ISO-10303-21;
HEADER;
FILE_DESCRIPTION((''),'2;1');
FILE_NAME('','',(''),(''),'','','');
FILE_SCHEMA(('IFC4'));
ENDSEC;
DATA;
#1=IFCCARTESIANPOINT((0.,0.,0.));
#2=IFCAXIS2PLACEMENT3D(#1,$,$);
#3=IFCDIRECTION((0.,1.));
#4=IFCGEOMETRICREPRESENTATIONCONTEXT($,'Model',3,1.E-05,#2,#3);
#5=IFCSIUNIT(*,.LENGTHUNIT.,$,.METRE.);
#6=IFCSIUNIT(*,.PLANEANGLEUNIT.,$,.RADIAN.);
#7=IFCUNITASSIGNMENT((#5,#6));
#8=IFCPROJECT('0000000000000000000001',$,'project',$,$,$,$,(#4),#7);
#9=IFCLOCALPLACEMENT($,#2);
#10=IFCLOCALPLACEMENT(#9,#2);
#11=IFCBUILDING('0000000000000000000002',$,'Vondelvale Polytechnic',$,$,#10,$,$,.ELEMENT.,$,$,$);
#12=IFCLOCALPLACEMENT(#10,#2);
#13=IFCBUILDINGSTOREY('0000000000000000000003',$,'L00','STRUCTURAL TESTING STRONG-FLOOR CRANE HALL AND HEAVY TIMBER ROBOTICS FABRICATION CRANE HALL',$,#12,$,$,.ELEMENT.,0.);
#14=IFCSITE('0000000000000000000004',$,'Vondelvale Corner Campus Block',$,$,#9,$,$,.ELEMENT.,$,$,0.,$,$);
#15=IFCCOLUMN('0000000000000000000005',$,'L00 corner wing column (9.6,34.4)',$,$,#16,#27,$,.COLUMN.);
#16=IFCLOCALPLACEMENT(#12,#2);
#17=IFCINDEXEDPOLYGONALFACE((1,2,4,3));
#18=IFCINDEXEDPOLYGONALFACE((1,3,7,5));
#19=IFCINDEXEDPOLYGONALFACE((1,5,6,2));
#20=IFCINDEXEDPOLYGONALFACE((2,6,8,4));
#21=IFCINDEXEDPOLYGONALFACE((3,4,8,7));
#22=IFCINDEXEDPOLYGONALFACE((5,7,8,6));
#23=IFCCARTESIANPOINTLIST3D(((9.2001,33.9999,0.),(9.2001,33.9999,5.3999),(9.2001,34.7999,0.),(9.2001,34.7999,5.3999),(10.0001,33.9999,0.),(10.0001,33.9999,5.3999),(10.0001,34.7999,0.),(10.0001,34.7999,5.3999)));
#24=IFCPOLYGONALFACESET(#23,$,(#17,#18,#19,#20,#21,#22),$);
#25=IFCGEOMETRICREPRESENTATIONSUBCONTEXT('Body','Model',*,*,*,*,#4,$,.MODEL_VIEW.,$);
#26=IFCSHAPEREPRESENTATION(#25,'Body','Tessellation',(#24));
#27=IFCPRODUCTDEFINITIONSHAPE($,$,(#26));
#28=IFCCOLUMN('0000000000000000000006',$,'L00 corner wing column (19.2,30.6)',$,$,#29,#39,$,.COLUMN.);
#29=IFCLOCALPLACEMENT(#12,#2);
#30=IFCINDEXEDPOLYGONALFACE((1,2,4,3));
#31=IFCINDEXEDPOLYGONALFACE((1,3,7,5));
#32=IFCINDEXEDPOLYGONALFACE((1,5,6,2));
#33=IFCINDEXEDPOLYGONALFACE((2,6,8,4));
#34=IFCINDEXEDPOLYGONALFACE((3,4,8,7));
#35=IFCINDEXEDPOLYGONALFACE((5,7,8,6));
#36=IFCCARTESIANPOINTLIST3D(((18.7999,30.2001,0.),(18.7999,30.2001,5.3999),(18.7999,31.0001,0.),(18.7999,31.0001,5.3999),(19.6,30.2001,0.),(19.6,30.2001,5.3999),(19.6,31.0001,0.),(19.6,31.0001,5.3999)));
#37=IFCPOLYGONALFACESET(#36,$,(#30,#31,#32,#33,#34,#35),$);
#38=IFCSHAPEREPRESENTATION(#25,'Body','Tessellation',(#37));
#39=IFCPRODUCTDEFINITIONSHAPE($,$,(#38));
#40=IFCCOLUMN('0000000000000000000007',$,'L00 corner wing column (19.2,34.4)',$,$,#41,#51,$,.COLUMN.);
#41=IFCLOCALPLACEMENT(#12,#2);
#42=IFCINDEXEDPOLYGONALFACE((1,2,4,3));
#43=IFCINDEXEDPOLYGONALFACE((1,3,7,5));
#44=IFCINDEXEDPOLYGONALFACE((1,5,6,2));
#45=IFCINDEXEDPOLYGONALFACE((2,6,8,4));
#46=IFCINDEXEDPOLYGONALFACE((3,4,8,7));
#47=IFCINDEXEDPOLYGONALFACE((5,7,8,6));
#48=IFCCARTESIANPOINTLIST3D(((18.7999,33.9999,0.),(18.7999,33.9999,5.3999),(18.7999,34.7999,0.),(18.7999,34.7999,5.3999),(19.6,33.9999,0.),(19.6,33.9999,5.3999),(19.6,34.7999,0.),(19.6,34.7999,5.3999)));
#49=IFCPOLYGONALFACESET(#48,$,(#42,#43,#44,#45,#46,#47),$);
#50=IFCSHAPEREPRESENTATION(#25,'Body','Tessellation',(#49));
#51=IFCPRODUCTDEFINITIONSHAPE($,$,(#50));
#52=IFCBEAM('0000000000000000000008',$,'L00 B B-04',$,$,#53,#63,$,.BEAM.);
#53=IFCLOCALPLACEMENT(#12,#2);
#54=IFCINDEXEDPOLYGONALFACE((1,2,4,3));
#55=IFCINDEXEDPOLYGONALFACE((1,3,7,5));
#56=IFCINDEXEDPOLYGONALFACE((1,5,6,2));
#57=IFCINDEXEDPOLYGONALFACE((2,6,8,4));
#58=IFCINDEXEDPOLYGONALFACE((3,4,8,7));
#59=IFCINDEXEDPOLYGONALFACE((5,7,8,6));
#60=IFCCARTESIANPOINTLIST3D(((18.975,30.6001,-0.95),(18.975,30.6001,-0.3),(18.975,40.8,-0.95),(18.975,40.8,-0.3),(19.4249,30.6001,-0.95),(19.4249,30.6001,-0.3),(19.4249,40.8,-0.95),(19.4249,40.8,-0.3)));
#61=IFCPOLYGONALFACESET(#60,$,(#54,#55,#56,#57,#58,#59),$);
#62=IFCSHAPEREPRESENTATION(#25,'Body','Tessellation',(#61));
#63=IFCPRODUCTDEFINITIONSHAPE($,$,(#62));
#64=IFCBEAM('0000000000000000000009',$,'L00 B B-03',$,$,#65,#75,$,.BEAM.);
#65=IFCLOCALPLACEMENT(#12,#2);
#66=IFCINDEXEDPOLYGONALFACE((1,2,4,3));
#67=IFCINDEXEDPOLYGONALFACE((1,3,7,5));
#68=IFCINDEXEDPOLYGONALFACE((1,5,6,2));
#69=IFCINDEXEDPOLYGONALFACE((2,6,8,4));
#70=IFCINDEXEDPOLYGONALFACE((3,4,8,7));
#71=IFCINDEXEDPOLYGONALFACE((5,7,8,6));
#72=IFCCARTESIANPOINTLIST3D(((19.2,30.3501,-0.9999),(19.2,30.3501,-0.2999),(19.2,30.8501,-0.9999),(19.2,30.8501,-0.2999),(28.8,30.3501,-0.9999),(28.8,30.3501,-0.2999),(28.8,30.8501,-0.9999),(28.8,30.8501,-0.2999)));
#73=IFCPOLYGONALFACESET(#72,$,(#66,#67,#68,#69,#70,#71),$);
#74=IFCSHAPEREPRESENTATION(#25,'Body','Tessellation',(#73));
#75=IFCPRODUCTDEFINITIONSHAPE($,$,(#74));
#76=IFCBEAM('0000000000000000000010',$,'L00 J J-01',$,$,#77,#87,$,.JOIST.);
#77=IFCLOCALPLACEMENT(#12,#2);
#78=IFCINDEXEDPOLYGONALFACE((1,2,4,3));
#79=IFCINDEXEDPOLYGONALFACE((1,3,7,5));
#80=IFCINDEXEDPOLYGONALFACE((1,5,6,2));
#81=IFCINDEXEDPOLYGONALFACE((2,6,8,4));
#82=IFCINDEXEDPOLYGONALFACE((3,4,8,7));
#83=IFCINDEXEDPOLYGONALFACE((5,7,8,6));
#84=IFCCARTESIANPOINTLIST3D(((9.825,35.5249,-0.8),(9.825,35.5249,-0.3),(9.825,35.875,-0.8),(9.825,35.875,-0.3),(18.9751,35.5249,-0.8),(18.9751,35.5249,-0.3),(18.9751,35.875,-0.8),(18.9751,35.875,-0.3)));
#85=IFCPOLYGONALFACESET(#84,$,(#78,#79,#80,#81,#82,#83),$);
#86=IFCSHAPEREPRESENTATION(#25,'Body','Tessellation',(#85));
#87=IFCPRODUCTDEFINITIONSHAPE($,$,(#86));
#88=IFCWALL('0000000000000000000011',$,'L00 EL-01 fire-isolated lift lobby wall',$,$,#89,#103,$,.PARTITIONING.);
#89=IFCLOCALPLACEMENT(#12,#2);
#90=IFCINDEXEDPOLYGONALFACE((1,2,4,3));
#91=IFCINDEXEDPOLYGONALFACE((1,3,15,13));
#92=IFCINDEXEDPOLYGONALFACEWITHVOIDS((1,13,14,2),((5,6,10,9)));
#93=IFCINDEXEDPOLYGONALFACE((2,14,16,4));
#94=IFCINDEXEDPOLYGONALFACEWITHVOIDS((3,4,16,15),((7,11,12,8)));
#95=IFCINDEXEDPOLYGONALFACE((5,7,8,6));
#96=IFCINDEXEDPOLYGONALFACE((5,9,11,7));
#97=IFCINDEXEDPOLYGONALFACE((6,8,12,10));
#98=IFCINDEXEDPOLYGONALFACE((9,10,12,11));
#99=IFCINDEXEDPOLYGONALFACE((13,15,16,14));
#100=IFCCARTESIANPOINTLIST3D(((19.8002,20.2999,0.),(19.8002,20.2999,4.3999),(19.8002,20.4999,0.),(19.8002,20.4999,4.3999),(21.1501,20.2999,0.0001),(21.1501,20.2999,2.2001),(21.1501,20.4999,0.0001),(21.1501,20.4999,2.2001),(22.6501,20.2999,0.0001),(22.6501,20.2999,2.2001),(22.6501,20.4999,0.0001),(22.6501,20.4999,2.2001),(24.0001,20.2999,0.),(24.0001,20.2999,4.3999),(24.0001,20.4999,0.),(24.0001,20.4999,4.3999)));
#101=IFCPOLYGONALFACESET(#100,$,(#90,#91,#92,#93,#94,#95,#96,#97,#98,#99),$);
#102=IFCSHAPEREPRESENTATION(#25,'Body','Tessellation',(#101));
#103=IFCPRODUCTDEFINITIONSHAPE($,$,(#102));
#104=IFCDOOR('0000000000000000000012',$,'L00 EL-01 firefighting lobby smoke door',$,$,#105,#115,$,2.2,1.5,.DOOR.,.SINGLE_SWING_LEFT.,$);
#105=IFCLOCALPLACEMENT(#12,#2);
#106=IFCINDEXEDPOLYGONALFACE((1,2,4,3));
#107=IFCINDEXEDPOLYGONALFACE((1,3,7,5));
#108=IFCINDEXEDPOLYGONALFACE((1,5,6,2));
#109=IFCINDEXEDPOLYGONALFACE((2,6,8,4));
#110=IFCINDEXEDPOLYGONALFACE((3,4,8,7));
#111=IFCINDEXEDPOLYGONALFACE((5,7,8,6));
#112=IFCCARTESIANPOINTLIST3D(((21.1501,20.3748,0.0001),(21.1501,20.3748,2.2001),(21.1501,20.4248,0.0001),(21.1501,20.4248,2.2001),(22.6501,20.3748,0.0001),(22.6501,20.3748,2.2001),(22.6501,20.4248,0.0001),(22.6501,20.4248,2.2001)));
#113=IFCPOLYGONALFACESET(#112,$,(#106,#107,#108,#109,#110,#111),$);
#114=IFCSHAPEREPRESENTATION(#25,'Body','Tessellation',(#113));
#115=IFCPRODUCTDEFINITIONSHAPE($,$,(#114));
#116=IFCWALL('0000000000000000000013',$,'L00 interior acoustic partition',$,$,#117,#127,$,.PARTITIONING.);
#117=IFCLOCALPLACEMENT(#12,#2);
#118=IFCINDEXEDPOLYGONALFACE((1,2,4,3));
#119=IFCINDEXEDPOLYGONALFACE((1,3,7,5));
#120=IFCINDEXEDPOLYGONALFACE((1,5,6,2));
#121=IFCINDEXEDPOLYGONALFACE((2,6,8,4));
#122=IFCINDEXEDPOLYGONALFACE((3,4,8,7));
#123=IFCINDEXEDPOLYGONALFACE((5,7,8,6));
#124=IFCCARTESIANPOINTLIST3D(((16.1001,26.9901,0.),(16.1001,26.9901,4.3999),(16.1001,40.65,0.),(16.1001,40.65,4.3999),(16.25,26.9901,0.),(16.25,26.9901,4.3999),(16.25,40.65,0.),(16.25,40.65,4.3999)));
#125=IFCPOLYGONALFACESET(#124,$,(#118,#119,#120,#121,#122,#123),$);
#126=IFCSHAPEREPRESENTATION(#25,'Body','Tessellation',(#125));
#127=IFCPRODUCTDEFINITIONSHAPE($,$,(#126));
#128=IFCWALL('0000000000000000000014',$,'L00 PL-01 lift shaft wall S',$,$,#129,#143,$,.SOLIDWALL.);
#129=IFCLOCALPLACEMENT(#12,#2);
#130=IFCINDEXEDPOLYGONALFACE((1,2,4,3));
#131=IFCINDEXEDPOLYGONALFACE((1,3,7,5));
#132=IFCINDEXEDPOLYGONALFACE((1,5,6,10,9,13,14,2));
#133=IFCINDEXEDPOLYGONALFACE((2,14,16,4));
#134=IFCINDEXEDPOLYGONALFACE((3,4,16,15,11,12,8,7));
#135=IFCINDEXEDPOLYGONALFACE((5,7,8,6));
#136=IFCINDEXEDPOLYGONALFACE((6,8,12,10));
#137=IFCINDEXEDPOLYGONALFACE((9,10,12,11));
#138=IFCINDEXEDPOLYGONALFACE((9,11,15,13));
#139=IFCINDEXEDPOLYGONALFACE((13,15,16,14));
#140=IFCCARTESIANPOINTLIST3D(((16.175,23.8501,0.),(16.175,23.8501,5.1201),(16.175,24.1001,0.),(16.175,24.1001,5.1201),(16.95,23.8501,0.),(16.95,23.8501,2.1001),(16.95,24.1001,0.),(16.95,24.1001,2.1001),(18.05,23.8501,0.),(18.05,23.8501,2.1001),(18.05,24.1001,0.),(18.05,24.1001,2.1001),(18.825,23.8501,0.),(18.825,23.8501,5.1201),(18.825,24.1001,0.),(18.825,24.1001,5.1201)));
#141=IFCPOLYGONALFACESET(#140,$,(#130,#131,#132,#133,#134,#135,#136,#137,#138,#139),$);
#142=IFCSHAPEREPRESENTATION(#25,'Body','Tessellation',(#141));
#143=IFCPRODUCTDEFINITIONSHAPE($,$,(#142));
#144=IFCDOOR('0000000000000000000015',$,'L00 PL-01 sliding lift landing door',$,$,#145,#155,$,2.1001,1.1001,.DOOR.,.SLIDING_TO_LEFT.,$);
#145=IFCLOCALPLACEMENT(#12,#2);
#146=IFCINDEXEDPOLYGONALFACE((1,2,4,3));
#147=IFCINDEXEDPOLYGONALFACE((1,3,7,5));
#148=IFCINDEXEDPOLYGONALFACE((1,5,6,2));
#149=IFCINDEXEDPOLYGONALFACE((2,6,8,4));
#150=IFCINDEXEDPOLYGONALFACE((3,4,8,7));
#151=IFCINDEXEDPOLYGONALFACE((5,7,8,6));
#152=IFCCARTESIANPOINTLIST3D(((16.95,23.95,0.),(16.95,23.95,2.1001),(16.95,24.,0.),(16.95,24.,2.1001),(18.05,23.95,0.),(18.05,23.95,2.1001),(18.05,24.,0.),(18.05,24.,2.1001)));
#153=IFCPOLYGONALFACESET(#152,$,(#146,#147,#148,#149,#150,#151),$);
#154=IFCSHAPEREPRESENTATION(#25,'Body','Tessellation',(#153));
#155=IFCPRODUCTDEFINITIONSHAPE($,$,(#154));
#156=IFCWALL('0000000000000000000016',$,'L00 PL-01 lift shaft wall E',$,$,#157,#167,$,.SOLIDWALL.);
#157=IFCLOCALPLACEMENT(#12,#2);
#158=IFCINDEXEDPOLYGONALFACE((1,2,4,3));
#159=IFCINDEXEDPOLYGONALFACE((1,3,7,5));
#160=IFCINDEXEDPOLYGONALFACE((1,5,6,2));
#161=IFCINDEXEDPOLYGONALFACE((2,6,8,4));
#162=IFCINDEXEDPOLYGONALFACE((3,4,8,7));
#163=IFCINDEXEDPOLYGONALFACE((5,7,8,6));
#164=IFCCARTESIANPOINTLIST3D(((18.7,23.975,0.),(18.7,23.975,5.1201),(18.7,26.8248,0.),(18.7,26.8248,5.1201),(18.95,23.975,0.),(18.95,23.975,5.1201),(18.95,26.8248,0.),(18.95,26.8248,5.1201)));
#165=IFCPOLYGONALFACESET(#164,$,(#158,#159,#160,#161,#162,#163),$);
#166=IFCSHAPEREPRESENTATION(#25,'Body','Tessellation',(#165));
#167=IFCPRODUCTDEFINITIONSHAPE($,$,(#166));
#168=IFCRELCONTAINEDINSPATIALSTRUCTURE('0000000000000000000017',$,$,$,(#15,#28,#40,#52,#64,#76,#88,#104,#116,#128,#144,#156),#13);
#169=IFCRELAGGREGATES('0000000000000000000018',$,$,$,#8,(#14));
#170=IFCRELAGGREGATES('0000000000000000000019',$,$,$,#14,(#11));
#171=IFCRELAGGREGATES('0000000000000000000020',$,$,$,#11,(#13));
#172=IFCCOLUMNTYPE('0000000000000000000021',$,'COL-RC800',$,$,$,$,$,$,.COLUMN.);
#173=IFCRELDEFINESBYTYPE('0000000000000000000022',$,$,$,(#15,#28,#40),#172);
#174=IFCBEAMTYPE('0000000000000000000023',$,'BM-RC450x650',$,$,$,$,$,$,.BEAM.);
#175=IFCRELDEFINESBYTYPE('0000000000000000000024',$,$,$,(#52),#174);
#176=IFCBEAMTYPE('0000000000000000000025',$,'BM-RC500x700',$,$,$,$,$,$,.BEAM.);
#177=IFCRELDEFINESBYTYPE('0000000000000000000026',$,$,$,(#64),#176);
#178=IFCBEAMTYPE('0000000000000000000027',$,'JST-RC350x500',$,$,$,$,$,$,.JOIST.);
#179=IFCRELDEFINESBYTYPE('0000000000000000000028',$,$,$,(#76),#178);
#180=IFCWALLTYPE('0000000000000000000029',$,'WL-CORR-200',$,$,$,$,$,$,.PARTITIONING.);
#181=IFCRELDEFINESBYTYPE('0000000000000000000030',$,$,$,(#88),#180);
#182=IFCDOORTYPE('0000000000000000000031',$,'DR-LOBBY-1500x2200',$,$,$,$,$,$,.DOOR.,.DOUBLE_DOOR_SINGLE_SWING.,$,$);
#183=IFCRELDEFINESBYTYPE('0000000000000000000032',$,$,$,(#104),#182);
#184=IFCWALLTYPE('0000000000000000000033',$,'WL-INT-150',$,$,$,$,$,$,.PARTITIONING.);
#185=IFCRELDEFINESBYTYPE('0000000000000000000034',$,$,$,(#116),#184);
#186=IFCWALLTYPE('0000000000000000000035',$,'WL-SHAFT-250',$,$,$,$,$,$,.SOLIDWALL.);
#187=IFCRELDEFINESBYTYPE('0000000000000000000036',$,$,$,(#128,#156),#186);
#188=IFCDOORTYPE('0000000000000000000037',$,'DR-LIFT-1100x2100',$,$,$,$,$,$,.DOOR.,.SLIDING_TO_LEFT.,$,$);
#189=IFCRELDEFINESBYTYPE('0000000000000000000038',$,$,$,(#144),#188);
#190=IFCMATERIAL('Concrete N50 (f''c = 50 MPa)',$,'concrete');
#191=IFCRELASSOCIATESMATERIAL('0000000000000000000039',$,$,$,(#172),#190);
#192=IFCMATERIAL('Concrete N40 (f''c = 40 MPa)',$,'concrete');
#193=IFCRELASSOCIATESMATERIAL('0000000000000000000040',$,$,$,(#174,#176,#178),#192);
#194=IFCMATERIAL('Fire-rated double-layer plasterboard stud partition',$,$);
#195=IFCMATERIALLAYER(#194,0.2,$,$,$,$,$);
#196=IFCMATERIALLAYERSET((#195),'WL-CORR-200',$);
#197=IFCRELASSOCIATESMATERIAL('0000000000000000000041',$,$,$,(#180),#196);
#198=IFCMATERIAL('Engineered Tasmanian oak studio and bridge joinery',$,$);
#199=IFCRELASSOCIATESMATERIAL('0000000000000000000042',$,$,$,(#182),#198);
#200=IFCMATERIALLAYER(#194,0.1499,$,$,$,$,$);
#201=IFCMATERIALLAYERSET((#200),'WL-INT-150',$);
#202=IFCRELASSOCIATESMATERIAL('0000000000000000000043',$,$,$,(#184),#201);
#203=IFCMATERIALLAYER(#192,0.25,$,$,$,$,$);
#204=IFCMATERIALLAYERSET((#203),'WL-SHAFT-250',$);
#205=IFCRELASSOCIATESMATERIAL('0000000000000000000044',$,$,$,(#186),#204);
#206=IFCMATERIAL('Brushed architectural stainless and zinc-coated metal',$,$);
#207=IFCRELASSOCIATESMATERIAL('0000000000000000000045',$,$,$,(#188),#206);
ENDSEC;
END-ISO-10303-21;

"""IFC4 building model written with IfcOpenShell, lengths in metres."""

from ifc_helpers import new_model, si_unit, direction, frame, frame_2d, origin, origin_2d, place, context, subcontext, project, spatial, rectangle, extrude, material, layer, layer_set, material_profile, profile_set, type_object, element, fill, save


model = new_model("IFC4")

# Units and contexts
model_context = context("Model", 3, precision=1e-05, world=origin(), true_north=direction((0.0, 1.0)))
body_context = subcontext(model_context, "Body", "Model", "MODEL_VIEW")
ifc_project = project(units=[si_unit("LENGTHUNIT", "METRE"), si_unit("PLANEANGLEUNIT", "RADIAN")], contexts=[model_context])

# Site, building, storey
site_placement = place(None, origin())
site = spatial("IfcSite", under=ifc_project, at=site_placement, Name="Vondelvale Corner Campus Block", CompositionType="ELEMENT", RefElevation=0.0)
building_placement = place(site_placement, origin())
building = spatial("IfcBuilding", under=site, at=building_placement, Name="Vondelvale Polytechnic", CompositionType="ELEMENT")
storey_placement = place(building_placement, origin())
storey = spatial("IfcBuildingStorey", under=building, at=storey_placement, Name="L00", Description="STRUCTURAL TESTING STRONG-FLOOR CRANE HALL AND HEAVY TIMBER ROBOTICS FABRICATION CRANE HALL", CompositionType="ELEMENT", Elevation=0.0)

# Columns
ifc_material_1 = material(Name="Concrete N50 (f'c = 50 MPa)", Category="concrete")
ifc_material_profile_1 = material_profile(ifc_material_1, rectangle(XDim=0.8, YDim=0.8, at=origin_2d()), Name="RC-COL-800x800")
ifc_profile_set_1 = profile_set([ifc_material_profile_1], Name="Concrete N50 (f'c = 50 MPa)")
column_type = type_object("IfcColumnType", Name="COL-RC800", PredefinedType="COLUMN", material=ifc_profile_set_1)
for number, where, z_axis, x_axis, name in (
    (1, (9.6001, 34.3999, 0.0), (0.0, 0.0, 1.0), (1.0, 0.0, 0.0), "L00 corner wing column (9.6,34.4)"),
    (2, (19.2, 30.6001, 0.0), (0.0, 0.0, 1.0), (1.0, 0.0, 0.0), "L00 corner wing column (19.2,30.6)"),
    (3, (19.2, 34.3999, 0.0), (0.0, 0.0, 1.0), (1.0, 0.0, 0.0), "L00 corner wing column (19.2,34.4)"),
):
    element("IfcColumn", number, at=place(storey_placement, frame(where, z_axis=z_axis, x_axis=x_axis)), inside=storey, type_object=column_type, Name=name, PredefinedType="COLUMN", context=body_context, shape_type="SweptSolid", body=[
        extrude(rectangle(XDim=0.8, YDim=0.8, at=origin_2d()), origin(), (0.0, 0.0, 1.0), 5.3999),
    ])

# Beams
ifc_material_2 = material(Name="Concrete N40 (f'c = 40 MPa)", Category="concrete")
ifc_material_profile_2 = material_profile(ifc_material_2, rectangle(XDim=0.45, YDim=0.6499, at=origin_2d()), Name="RC-BM-450x650")
ifc_profile_set_2 = profile_set([ifc_material_profile_2], Name="Concrete N40 (f'c = 40 MPa)")
beam_type_1 = type_object("IfcBeamType", Name="BM-RC450x650", PredefinedType="BEAM", material=ifc_profile_set_2)
beam_1_placement = place(storey_placement, frame((19.2, 30.6001, -0.625), z_axis=(0.0, 1.0, 0.0), x_axis=(-1.0, 0.0, 0.0)))
element("IfcBeam", 4, at=beam_1_placement, inside=storey, type_object=beam_type_1, Name="L00 B B-04", PredefinedType="BEAM", context=body_context, shape_type="SweptSolid", body=[
    extrude(rectangle(XDim=0.45, YDim=0.6499, at=origin_2d()), origin(), (0.0, 0.0, 1.0), 10.2),
])
ifc_material_profile_3 = material_profile(ifc_material_2, rectangle(XDim=0.5, YDim=0.7, at=origin_2d()), Name="RC-BM-500x700")
ifc_profile_set_3 = profile_set([ifc_material_profile_3], Name="Concrete N40 (f'c = 40 MPa)")
beam_type_2 = type_object("IfcBeamType", Name="BM-RC500x700", PredefinedType="BEAM", material=ifc_profile_set_3)
beam_2_placement = place(storey_placement, frame((19.2, 30.6001, -0.6499), z_axis=(1.0, 0.0, 0.0), x_axis=(0.0, 1.0, 0.0)))
element("IfcBeam", 5, at=beam_2_placement, inside=storey, type_object=beam_type_2, Name="L00 B B-03", PredefinedType="BEAM", context=body_context, shape_type="SweptSolid", body=[
    extrude(rectangle(XDim=0.5, YDim=0.7, at=origin_2d()), origin(), (0.0, 0.0, 1.0), 9.6001),
])
ifc_material_profile_4 = material_profile(ifc_material_2, rectangle(XDim=0.3501, YDim=0.5, at=origin_2d()), Name="RC-JST-350x500")
ifc_profile_set_4 = profile_set([ifc_material_profile_4], Name="Concrete N40 (f'c = 40 MPa)")
beam_type_3 = type_object("IfcBeamType", Name="JST-RC350x500", PredefinedType="JOIST", material=ifc_profile_set_4)
beam_3_placement = place(storey_placement, frame((9.825, 35.7, -0.55), z_axis=(1.0, 0.0, 0.0), x_axis=(0.0, 1.0, 0.0)))
element("IfcBeam", 6, at=beam_3_placement, inside=storey, type_object=beam_type_3, Name="L00 J J-01", PredefinedType="JOIST", context=body_context, shape_type="SweptSolid", body=[
    extrude(rectangle(XDim=0.3501, YDim=0.5, at=origin_2d()), origin(), (0.0, 0.0, 1.0), 9.1501),
])

# Wall, opening, door
ifc_material_3 = material(Name="Fire-rated double-layer plasterboard stud partition")
ifc_layer_1 = layer(ifc_material_3, 0.2)
ifc_layer_set_1 = layer_set([ifc_layer_1], Name="WL-CORR-200")
wall_type_1 = type_object("IfcWallType", Name="WL-CORR-200", PredefinedType="PARTITIONING", material=ifc_layer_set_1)
wall_1_placement = place(storey_placement, frame((19.8, 20.3999, 0.0), z_axis=(0.0, 0.0, 1.0), x_axis=(1.0, 0.0, 0.0)))
wall_1 = element("IfcWall", 7, at=wall_1_placement, inside=storey, type_object=wall_type_1, Name="L00 EL-01 fire-isolated lift lobby wall", PredefinedType="PARTITIONING", context=body_context, shape_type="SweptSolid", body=[
    extrude(rectangle(XDim=4.2, YDim=0.2, at=frame_2d((2.1001, 0.0))), origin(), (0.0, 0.0, 1.0), 4.3999),
])
opening_1_placement = place(wall_1_placement, frame((1.3501, 0.0, 0.0)))
opening_1 = element("IfcOpeningElement", 8, at=opening_1_placement, cuts=wall_1, PredefinedType="OPENING", context=body_context, shape_type="SweptSolid", body=[
    extrude(rectangle(XDim=1.5, YDim=2.2, at=frame_2d((0.75, 1.1001))), frame((0.0, 0.1099, 0.0), z_axis=(0.0, -1.0, 0.0), x_axis=(1.0, 0.0, 0.0)), (0.0, 0.0, 1.0), 0.22),
])
ifc_material_4 = material(Name="Engineered Tasmanian oak studio and bridge joinery")
door_type_1 = type_object("IfcDoorType", Name="DR-LOBBY-1500x2200", OperationType="DOUBLE_DOOR_SINGLE_SWING", PredefinedType="DOOR", material=ifc_material_4)
door_1_placement = place(opening_1_placement, origin())
door_1 = element("IfcDoor", 9, at=door_1_placement, inside=storey, type_object=door_type_1, Name="L00 EL-01 firefighting lobby smoke door", OperationType="SINGLE_SWING_LEFT", OverallHeight=2.2, OverallWidth=1.5, PredefinedType="DOOR", context=body_context, shape_type="SweptSolid", body=[
    extrude(rectangle(XDim=1.5, YDim=2.2, at=frame_2d((0.75, 1.1001))), frame((0.0, 0.0249, 0.0), z_axis=(0.0, -1.0, 0.0), x_axis=(1.0, 0.0, 0.0)), (0.0, 0.0, 1.0), 0.05),
])
fill(opening_1, door_1)

# Wall
ifc_layer_2 = layer(ifc_material_3, 0.1499)
ifc_layer_set_2 = layer_set([ifc_layer_2], Name="WL-INT-150")
wall_type_2 = type_object("IfcWallType", Name="WL-INT-150", PredefinedType="PARTITIONING", material=ifc_layer_set_2)
wall_2_placement = place(storey_placement, frame((16.175, 26.99, 0.0), z_axis=(0.0, 0.0, 1.0), x_axis=(0.0, 1.0, 0.0)))
element("IfcWall", 10, at=wall_2_placement, inside=storey, type_object=wall_type_2, Name="L00 interior acoustic partition", PredefinedType="PARTITIONING", context=body_context, shape_type="SweptSolid", body=[
    extrude(rectangle(XDim=13.6599, YDim=0.1499, at=frame_2d((6.8301, 0.0))), origin(), (0.0, 0.0, 1.0), 4.3999),
])

# Wall, opening, door
ifc_layer_3 = layer(ifc_material_2, 0.25)
ifc_layer_set_3 = layer_set([ifc_layer_3], Name="WL-SHAFT-250")
wall_type_3 = type_object("IfcWallType", Name="WL-SHAFT-250", PredefinedType="SOLIDWALL", material=ifc_layer_set_3)
wall_3_placement = place(storey_placement, frame((16.175, 23.9751, 0.0), z_axis=(0.0, 0.0, 1.0), x_axis=(1.0, 0.0, 0.0)))
wall_3 = element("IfcWall", 11, at=wall_3_placement, inside=storey, type_object=wall_type_3, Name="L00 PL-01 lift shaft wall S", PredefinedType="SOLIDWALL", context=body_context, shape_type="SweptSolid", body=[
    extrude(rectangle(XDim=2.6499, YDim=0.25, at=frame_2d((1.325, 0.0))), origin(), (0.0, 0.0, 1.0), 5.1201),
])
opening_2_placement = place(wall_3_placement, frame((0.7749, 0.0, 0.0)))
opening_2 = element("IfcOpeningElement", 12, at=opening_2_placement, cuts=wall_3, PredefinedType="OPENING", context=body_context, shape_type="SweptSolid", body=[
    extrude(rectangle(XDim=1.1001, YDim=2.1001, at=frame_2d((0.55, 1.05))), frame((0.0, 0.135, 0.0), z_axis=(0.0, -1.0, 0.0), x_axis=(1.0, 0.0, 0.0)), (0.0, 0.0, 1.0), 0.27),
])
ifc_material_5 = material(Name="Brushed architectural stainless and zinc-coated metal")
door_type_2 = type_object("IfcDoorType", Name="DR-LIFT-1100x2100", OperationType="SLIDING_TO_LEFT", PredefinedType="DOOR", material=ifc_material_5)
door_2_placement = place(opening_2_placement, origin())
door_2 = element("IfcDoor", 13, at=door_2_placement, inside=storey, type_object=door_type_2, Name="L00 PL-01 sliding lift landing door", OperationType="SLIDING_TO_LEFT", OverallHeight=2.1001, OverallWidth=1.1001, PredefinedType="DOOR", context=body_context, shape_type="SweptSolid", body=[
    extrude(rectangle(XDim=1.1001, YDim=2.1001, at=frame_2d((0.55, 1.05))), frame((0.0, 0.0249, 0.0), z_axis=(0.0, -1.0, 0.0), x_axis=(1.0, 0.0, 0.0)), (0.0, 0.0, 1.0), 0.05),
])
fill(opening_2, door_2)

# Wall
wall_4_placement = place(storey_placement, frame((18.825, 23.9751, 0.0), z_axis=(0.0, 0.0, 1.0), x_axis=(0.0, 1.0, 0.0)))
element("IfcWall", 14, at=wall_4_placement, inside=storey, type_object=wall_type_3, Name="L00 PL-01 lift shaft wall E", PredefinedType="SOLIDWALL", context=body_context, shape_type="SweptSolid", body=[
    extrude(rectangle(XDim=2.8499, YDim=0.25, at=frame_2d((1.4248, 0.0))), origin(), (0.0, 0.0, 1.0), 5.1201),
])

save(model, "model.ifc")
